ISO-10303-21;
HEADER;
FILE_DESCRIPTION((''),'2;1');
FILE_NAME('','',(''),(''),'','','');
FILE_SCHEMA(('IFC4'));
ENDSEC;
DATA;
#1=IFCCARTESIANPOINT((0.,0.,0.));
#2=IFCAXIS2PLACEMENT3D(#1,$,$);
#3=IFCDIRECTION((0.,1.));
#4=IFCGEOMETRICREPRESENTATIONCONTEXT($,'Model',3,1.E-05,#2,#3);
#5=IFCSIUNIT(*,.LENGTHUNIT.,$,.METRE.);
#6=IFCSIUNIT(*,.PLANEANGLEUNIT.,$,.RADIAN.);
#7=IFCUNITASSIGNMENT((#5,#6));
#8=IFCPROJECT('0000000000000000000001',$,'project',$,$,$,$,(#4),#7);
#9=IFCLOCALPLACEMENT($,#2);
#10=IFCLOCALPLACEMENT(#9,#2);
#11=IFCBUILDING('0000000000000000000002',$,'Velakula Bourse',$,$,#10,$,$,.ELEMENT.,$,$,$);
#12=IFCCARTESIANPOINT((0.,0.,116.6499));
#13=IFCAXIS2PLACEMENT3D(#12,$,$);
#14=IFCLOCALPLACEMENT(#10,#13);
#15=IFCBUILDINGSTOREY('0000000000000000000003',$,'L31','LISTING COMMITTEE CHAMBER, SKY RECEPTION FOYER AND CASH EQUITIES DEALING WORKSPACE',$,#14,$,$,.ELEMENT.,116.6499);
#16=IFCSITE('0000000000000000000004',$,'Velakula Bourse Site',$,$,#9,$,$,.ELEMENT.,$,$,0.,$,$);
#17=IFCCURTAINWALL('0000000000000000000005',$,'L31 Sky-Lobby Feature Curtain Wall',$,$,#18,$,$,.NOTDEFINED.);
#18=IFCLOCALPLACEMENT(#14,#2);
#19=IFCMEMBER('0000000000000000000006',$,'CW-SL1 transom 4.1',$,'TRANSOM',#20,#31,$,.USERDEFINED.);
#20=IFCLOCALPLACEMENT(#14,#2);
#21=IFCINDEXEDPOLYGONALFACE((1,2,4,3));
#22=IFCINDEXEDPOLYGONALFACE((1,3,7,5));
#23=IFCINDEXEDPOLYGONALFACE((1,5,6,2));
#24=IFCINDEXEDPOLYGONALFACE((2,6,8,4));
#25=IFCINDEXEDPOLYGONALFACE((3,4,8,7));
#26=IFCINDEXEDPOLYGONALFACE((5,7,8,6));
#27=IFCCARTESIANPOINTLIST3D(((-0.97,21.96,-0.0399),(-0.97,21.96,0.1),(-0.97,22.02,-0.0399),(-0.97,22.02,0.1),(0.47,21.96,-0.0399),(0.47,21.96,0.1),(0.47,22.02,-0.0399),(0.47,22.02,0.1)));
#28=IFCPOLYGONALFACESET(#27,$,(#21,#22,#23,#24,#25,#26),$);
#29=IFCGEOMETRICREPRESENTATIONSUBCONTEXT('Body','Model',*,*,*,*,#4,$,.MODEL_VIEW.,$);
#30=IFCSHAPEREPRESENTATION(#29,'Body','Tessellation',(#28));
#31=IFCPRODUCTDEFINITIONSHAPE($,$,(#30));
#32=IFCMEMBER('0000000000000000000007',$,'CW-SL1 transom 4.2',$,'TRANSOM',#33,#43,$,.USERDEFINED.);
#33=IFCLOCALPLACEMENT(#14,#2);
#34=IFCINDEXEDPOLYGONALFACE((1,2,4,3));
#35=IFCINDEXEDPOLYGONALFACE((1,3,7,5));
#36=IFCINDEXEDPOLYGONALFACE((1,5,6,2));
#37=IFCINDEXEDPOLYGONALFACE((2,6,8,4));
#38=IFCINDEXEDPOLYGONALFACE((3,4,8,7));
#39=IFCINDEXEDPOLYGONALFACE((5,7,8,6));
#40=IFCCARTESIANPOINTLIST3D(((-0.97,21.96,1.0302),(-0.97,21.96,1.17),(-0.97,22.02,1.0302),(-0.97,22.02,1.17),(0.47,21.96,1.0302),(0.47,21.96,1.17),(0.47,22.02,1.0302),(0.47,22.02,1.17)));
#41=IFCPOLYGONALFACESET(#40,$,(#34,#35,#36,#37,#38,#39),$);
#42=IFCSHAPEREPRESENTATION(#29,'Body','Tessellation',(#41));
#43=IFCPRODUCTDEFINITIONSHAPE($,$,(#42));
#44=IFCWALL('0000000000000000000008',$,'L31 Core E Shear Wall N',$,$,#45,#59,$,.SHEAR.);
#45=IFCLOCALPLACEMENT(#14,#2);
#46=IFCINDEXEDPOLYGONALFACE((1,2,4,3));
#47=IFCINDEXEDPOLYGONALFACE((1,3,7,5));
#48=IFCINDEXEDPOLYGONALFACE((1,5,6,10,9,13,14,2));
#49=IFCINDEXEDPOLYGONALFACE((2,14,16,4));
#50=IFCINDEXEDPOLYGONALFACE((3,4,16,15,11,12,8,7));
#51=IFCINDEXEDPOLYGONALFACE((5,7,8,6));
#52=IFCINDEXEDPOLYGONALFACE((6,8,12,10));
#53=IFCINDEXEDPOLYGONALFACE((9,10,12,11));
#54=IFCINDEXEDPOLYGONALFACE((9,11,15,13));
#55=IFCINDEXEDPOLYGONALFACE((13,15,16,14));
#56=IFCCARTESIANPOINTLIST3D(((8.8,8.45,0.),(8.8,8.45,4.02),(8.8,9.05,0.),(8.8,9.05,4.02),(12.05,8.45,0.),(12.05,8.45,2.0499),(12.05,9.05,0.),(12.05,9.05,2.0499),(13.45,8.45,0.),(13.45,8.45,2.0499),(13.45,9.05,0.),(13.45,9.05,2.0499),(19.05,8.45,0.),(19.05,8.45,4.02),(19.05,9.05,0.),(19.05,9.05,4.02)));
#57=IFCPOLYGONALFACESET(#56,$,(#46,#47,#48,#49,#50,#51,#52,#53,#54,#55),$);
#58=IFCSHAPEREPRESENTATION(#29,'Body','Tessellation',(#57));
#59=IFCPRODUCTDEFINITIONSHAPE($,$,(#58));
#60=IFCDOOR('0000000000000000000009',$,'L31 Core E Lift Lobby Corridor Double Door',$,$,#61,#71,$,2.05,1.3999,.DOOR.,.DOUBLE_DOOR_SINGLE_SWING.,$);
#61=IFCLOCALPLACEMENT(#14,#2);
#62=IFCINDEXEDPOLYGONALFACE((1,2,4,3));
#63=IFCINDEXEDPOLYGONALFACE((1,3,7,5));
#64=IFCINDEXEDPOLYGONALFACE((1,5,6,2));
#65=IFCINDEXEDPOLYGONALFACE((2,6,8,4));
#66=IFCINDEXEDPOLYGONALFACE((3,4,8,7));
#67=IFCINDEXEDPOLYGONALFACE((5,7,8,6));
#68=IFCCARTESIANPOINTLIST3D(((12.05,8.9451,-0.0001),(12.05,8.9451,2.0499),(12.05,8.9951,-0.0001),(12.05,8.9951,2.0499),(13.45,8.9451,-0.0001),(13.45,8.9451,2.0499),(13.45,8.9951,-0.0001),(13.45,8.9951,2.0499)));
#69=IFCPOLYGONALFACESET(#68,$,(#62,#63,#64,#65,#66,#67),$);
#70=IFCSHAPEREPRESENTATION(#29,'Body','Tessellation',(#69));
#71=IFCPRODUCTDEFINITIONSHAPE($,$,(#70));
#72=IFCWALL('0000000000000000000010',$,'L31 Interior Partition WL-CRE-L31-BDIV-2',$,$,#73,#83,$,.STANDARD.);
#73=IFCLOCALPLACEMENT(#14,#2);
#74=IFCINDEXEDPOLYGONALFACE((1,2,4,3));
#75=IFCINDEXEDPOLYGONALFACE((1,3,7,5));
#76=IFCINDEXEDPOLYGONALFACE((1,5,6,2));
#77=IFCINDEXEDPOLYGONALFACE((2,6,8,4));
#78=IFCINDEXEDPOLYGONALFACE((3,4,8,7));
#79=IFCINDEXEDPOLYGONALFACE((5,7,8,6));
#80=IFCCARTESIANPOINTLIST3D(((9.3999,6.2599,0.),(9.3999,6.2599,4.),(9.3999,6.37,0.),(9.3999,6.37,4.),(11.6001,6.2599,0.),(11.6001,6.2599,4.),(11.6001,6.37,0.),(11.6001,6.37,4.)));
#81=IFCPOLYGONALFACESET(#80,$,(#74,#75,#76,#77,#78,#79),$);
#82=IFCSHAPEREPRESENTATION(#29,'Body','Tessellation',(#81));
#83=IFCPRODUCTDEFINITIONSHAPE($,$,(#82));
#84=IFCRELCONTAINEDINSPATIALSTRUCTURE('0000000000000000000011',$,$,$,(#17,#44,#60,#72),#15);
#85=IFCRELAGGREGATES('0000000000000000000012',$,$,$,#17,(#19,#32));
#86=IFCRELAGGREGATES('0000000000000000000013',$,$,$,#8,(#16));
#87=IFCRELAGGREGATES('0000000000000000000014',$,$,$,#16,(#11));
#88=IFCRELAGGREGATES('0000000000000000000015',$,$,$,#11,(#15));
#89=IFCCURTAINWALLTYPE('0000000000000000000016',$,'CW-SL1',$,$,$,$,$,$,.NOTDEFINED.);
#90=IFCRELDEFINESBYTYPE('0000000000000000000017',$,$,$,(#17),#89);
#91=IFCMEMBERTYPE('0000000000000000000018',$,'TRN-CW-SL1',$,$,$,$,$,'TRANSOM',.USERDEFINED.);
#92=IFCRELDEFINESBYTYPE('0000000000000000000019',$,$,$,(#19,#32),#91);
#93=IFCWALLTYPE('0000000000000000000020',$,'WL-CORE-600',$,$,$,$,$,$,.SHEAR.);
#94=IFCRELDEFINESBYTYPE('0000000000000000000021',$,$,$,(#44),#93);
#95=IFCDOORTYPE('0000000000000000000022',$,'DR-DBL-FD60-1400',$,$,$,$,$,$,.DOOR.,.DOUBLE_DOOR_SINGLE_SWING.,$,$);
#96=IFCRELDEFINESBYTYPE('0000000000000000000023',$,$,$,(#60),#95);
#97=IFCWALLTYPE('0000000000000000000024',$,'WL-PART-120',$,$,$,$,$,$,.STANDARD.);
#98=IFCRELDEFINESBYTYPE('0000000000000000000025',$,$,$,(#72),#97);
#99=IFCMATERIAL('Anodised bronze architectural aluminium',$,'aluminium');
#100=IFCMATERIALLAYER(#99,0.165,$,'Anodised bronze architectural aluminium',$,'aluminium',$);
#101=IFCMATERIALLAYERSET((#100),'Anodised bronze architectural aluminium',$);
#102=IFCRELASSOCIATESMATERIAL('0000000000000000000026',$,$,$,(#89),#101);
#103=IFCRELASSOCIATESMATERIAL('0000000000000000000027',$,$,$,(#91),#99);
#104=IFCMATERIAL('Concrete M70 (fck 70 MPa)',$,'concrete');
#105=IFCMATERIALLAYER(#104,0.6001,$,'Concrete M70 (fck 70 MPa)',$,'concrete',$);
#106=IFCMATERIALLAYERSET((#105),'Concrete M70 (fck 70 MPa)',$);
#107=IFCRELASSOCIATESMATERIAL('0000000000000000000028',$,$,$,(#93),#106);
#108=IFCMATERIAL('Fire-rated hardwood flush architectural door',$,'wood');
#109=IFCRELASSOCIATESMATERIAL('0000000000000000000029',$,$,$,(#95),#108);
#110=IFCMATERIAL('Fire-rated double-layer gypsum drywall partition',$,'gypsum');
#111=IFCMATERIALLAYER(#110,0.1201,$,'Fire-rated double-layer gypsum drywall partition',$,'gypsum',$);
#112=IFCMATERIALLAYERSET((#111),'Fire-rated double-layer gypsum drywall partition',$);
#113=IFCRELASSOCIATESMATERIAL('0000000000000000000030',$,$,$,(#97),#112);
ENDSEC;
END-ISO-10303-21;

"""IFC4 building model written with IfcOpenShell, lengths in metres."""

from ifc_helpers import new_model, si_unit, direction, frame, frame_2d, origin, origin_2d, place, context, subcontext, project, spatial, rectangle, extrude, material, layer, layer_set, material_profile, profile_set, type_object, element, fill, aggregate, save


model = new_model("IFC4")

# Units and contexts
model_context = context("Model", 3, precision=1e-05, world=origin(), true_north=direction((0.0, 1.0)))
body_context = subcontext(model_context, "Body", "Model", "MODEL_VIEW")
ifc_project = project(units=[si_unit("LENGTHUNIT", "METRE"), si_unit("PLANEANGLEUNIT", "RADIAN")], contexts=[model_context])

# Site, building, storey
site_placement = place(None, origin())
site = spatial("IfcSite", under=ifc_project, at=site_placement, Name="Velakula Bourse Site", CompositionType="ELEMENT", RefElevation=0.0)
building_placement = place(site_placement, origin())
building = spatial("IfcBuilding", under=site, at=building_placement, Name="Velakula Bourse", CompositionType="ELEMENT")
storey_placement = place(building_placement, frame((0.0, 0.0, 116.6499)))
storey = spatial("IfcBuildingStorey", under=building, at=storey_placement, Name="L31", Description="LISTING COMMITTEE CHAMBER, SKY RECEPTION FOYER AND CASH EQUITIES DEALING WORKSPACE", CompositionType="ELEMENT", Elevation=116.6499)

# Shared definitions
ifc_material_1 = material(Name="Concrete M70 (fck 70 MPa)", Category="concrete")

# Curtain wall, members
ifc_material_2 = material(Name="Anodised bronze architectural aluminium", Category="aluminium")
ifc_layer_1 = layer(ifc_material_2, 0.165, Name="Anodised bronze architectural aluminium", Category="aluminium")
ifc_layer_set_1 = layer_set([ifc_layer_1], Name="Anodised bronze architectural aluminium")
curtain_wall_type = type_object("IfcCurtainWallType", Name="CW-SL1", PredefinedType="NOTDEFINED", material=ifc_layer_set_1)
curtain_wall_placement = place(storey_placement, origin())
curtain_wall = element("IfcCurtainWall", 1, at=curtain_wall_placement, inside=storey, type_object=curtain_wall_type, Name="L31 Sky-Lobby Feature Curtain Wall", PredefinedType="NOTDEFINED")
ifc_material_profile_1 = material_profile(ifc_material_2, rectangle(XDim=0.0601, YDim=0.1399, at=origin_2d()), Name="Anodised bronze architectural aluminium")
ifc_profile_set_1 = profile_set([ifc_material_profile_1], Name="Anodised bronze architectural aluminium")
member_type = type_object("IfcMemberType", Name="TRN-CW-SL1", ElementType="TRANSOM", PredefinedType="USERDEFINED", material=ifc_profile_set_1)
member_1_placement = place(storey_placement, frame((-0.97, 21.99, 0.03), z_axis=(1.0, 0.0, 0.0), x_axis=(0.0, 1.0, 0.0)))
member_1 = element("IfcMember", 2, at=member_1_placement, type_object=member_type, Name="CW-SL1 transom 4.1", ObjectType="TRANSOM", PredefinedType="USERDEFINED", context=body_context, shape_type="SweptSolid", body=[
    extrude(rectangle(XDim=0.0601, YDim=0.1399, at=origin_2d()), origin(), (0.0, 0.0, 1.0), 1.4399),
])
member_2_placement = place(storey_placement, frame((-0.97, 21.99, 1.1001), z_axis=(1.0, 0.0, 0.0), x_axis=(0.0, 1.0, 0.0)))
member_2 = element("IfcMember", 3, at=member_2_placement, type_object=member_type, Name="CW-SL1 transom 4.2", ObjectType="TRANSOM", PredefinedType="USERDEFINED", context=body_context, shape_type="SweptSolid", body=[
    extrude(rectangle(XDim=0.0601, YDim=0.1399, at=origin_2d()), origin(), (0.0, 0.0, 1.0), 1.4399),
])
aggregate(curtain_wall, [member_1, member_2])

# Wall, opening, door
ifc_layer_2 = layer(ifc_material_1, 0.6001, Name="Concrete M70 (fck 70 MPa)", Category="concrete")
ifc_layer_set_2 = layer_set([ifc_layer_2], Name="Concrete M70 (fck 70 MPa)")
wall_type_1 = type_object("IfcWallType", Name="WL-CORE-600", PredefinedType="SHEAR", material=ifc_layer_set_2)
wall_1_placement = place(storey_placement, frame((8.8, 8.75, 0.0), z_axis=(0.0, 0.0, 1.0), x_axis=(1.0, 0.0, 0.0)))
wall_1 = element("IfcWall", 4, at=wall_1_placement, inside=storey, type_object=wall_type_1, Name="L31 Core E Shear Wall N", PredefinedType="SHEAR", context=body_context, shape_type="SweptSolid", body=[
    extrude(rectangle(XDim=10.25, YDim=0.6001, at=frame_2d((5.125, 0.0))), origin(), (0.0, 0.0, 1.0), 4.02),
])
opening_placement = place(wall_1_placement, frame((3.25, 0.0, 0.0)))
opening = element("IfcOpeningElement", 5, at=opening_placement, cuts=wall_1, PredefinedType="OPENING", context=body_context, shape_type="SweptSolid", body=[
    extrude(rectangle(XDim=1.3999, YDim=2.05, at=frame_2d((0.7, 1.0249))), frame((0.0, 0.3101, 0.0), z_axis=(0.0, -1.0, 0.0), x_axis=(1.0, 0.0, 0.0)), (0.0, 0.0, 1.0), 0.6201),
])
ifc_material_3 = material(Name="Fire-rated hardwood flush architectural door", Category="wood")
door_type = type_object("IfcDoorType", Name="DR-DBL-FD60-1400", OperationType="DOUBLE_DOOR_SINGLE_SWING", PredefinedType="DOOR", material=ifc_material_3)
door_placement = place(opening_placement, origin())
door = element("IfcDoor", 6, at=door_placement, inside=storey, type_object=door_type, Name="L31 Core E Lift Lobby Corridor Double Door", OperationType="DOUBLE_DOOR_SINGLE_SWING", OverallHeight=2.05, OverallWidth=1.3999, PredefinedType="DOOR", context=body_context, shape_type="SweptSolid", body=[
    extrude(rectangle(XDim=1.3999, YDim=2.05, at=frame_2d((0.7, 1.0249))), frame((0.0, 0.2451, 0.0), z_axis=(0.0, -1.0, 0.0), x_axis=(1.0, 0.0, 0.0)), (0.0, 0.0, 1.0), 0.05),
])
fill(opening, door)

# Wall
ifc_material_4 = material(Name="Fire-rated double-layer gypsum drywall partition", Category="gypsum")
ifc_layer_3 = layer(ifc_material_4, 0.1201, Name="Fire-rated double-layer gypsum drywall partition", Category="gypsum")
ifc_layer_set_3 = layer_set([ifc_layer_3], Name="Fire-rated double-layer gypsum drywall partition")
wall_type_2 = type_object("IfcWallType", Name="WL-PART-120", PredefinedType="STANDARD", material=ifc_layer_set_3)
wall_2_placement = place(storey_placement, frame((9.3999, 6.3149, 0.0), z_axis=(0.0, 0.0, 1.0), x_axis=(1.0, 0.0, 0.0)))
element("IfcWall", 7, at=wall_2_placement, inside=storey, type_object=wall_type_2, Name="L31 Interior Partition WL-CRE-L31-BDIV-2", PredefinedType="STANDARD", context=body_context, shape_type="SweptSolid", body=[
    extrude(rectangle(XDim=2.2002, YDim=0.1101, at=frame_2d((1.1001, 0.0))), origin(), (0.0, 0.0, 1.0), 4.0),
])

save(model, "model.ifc")
